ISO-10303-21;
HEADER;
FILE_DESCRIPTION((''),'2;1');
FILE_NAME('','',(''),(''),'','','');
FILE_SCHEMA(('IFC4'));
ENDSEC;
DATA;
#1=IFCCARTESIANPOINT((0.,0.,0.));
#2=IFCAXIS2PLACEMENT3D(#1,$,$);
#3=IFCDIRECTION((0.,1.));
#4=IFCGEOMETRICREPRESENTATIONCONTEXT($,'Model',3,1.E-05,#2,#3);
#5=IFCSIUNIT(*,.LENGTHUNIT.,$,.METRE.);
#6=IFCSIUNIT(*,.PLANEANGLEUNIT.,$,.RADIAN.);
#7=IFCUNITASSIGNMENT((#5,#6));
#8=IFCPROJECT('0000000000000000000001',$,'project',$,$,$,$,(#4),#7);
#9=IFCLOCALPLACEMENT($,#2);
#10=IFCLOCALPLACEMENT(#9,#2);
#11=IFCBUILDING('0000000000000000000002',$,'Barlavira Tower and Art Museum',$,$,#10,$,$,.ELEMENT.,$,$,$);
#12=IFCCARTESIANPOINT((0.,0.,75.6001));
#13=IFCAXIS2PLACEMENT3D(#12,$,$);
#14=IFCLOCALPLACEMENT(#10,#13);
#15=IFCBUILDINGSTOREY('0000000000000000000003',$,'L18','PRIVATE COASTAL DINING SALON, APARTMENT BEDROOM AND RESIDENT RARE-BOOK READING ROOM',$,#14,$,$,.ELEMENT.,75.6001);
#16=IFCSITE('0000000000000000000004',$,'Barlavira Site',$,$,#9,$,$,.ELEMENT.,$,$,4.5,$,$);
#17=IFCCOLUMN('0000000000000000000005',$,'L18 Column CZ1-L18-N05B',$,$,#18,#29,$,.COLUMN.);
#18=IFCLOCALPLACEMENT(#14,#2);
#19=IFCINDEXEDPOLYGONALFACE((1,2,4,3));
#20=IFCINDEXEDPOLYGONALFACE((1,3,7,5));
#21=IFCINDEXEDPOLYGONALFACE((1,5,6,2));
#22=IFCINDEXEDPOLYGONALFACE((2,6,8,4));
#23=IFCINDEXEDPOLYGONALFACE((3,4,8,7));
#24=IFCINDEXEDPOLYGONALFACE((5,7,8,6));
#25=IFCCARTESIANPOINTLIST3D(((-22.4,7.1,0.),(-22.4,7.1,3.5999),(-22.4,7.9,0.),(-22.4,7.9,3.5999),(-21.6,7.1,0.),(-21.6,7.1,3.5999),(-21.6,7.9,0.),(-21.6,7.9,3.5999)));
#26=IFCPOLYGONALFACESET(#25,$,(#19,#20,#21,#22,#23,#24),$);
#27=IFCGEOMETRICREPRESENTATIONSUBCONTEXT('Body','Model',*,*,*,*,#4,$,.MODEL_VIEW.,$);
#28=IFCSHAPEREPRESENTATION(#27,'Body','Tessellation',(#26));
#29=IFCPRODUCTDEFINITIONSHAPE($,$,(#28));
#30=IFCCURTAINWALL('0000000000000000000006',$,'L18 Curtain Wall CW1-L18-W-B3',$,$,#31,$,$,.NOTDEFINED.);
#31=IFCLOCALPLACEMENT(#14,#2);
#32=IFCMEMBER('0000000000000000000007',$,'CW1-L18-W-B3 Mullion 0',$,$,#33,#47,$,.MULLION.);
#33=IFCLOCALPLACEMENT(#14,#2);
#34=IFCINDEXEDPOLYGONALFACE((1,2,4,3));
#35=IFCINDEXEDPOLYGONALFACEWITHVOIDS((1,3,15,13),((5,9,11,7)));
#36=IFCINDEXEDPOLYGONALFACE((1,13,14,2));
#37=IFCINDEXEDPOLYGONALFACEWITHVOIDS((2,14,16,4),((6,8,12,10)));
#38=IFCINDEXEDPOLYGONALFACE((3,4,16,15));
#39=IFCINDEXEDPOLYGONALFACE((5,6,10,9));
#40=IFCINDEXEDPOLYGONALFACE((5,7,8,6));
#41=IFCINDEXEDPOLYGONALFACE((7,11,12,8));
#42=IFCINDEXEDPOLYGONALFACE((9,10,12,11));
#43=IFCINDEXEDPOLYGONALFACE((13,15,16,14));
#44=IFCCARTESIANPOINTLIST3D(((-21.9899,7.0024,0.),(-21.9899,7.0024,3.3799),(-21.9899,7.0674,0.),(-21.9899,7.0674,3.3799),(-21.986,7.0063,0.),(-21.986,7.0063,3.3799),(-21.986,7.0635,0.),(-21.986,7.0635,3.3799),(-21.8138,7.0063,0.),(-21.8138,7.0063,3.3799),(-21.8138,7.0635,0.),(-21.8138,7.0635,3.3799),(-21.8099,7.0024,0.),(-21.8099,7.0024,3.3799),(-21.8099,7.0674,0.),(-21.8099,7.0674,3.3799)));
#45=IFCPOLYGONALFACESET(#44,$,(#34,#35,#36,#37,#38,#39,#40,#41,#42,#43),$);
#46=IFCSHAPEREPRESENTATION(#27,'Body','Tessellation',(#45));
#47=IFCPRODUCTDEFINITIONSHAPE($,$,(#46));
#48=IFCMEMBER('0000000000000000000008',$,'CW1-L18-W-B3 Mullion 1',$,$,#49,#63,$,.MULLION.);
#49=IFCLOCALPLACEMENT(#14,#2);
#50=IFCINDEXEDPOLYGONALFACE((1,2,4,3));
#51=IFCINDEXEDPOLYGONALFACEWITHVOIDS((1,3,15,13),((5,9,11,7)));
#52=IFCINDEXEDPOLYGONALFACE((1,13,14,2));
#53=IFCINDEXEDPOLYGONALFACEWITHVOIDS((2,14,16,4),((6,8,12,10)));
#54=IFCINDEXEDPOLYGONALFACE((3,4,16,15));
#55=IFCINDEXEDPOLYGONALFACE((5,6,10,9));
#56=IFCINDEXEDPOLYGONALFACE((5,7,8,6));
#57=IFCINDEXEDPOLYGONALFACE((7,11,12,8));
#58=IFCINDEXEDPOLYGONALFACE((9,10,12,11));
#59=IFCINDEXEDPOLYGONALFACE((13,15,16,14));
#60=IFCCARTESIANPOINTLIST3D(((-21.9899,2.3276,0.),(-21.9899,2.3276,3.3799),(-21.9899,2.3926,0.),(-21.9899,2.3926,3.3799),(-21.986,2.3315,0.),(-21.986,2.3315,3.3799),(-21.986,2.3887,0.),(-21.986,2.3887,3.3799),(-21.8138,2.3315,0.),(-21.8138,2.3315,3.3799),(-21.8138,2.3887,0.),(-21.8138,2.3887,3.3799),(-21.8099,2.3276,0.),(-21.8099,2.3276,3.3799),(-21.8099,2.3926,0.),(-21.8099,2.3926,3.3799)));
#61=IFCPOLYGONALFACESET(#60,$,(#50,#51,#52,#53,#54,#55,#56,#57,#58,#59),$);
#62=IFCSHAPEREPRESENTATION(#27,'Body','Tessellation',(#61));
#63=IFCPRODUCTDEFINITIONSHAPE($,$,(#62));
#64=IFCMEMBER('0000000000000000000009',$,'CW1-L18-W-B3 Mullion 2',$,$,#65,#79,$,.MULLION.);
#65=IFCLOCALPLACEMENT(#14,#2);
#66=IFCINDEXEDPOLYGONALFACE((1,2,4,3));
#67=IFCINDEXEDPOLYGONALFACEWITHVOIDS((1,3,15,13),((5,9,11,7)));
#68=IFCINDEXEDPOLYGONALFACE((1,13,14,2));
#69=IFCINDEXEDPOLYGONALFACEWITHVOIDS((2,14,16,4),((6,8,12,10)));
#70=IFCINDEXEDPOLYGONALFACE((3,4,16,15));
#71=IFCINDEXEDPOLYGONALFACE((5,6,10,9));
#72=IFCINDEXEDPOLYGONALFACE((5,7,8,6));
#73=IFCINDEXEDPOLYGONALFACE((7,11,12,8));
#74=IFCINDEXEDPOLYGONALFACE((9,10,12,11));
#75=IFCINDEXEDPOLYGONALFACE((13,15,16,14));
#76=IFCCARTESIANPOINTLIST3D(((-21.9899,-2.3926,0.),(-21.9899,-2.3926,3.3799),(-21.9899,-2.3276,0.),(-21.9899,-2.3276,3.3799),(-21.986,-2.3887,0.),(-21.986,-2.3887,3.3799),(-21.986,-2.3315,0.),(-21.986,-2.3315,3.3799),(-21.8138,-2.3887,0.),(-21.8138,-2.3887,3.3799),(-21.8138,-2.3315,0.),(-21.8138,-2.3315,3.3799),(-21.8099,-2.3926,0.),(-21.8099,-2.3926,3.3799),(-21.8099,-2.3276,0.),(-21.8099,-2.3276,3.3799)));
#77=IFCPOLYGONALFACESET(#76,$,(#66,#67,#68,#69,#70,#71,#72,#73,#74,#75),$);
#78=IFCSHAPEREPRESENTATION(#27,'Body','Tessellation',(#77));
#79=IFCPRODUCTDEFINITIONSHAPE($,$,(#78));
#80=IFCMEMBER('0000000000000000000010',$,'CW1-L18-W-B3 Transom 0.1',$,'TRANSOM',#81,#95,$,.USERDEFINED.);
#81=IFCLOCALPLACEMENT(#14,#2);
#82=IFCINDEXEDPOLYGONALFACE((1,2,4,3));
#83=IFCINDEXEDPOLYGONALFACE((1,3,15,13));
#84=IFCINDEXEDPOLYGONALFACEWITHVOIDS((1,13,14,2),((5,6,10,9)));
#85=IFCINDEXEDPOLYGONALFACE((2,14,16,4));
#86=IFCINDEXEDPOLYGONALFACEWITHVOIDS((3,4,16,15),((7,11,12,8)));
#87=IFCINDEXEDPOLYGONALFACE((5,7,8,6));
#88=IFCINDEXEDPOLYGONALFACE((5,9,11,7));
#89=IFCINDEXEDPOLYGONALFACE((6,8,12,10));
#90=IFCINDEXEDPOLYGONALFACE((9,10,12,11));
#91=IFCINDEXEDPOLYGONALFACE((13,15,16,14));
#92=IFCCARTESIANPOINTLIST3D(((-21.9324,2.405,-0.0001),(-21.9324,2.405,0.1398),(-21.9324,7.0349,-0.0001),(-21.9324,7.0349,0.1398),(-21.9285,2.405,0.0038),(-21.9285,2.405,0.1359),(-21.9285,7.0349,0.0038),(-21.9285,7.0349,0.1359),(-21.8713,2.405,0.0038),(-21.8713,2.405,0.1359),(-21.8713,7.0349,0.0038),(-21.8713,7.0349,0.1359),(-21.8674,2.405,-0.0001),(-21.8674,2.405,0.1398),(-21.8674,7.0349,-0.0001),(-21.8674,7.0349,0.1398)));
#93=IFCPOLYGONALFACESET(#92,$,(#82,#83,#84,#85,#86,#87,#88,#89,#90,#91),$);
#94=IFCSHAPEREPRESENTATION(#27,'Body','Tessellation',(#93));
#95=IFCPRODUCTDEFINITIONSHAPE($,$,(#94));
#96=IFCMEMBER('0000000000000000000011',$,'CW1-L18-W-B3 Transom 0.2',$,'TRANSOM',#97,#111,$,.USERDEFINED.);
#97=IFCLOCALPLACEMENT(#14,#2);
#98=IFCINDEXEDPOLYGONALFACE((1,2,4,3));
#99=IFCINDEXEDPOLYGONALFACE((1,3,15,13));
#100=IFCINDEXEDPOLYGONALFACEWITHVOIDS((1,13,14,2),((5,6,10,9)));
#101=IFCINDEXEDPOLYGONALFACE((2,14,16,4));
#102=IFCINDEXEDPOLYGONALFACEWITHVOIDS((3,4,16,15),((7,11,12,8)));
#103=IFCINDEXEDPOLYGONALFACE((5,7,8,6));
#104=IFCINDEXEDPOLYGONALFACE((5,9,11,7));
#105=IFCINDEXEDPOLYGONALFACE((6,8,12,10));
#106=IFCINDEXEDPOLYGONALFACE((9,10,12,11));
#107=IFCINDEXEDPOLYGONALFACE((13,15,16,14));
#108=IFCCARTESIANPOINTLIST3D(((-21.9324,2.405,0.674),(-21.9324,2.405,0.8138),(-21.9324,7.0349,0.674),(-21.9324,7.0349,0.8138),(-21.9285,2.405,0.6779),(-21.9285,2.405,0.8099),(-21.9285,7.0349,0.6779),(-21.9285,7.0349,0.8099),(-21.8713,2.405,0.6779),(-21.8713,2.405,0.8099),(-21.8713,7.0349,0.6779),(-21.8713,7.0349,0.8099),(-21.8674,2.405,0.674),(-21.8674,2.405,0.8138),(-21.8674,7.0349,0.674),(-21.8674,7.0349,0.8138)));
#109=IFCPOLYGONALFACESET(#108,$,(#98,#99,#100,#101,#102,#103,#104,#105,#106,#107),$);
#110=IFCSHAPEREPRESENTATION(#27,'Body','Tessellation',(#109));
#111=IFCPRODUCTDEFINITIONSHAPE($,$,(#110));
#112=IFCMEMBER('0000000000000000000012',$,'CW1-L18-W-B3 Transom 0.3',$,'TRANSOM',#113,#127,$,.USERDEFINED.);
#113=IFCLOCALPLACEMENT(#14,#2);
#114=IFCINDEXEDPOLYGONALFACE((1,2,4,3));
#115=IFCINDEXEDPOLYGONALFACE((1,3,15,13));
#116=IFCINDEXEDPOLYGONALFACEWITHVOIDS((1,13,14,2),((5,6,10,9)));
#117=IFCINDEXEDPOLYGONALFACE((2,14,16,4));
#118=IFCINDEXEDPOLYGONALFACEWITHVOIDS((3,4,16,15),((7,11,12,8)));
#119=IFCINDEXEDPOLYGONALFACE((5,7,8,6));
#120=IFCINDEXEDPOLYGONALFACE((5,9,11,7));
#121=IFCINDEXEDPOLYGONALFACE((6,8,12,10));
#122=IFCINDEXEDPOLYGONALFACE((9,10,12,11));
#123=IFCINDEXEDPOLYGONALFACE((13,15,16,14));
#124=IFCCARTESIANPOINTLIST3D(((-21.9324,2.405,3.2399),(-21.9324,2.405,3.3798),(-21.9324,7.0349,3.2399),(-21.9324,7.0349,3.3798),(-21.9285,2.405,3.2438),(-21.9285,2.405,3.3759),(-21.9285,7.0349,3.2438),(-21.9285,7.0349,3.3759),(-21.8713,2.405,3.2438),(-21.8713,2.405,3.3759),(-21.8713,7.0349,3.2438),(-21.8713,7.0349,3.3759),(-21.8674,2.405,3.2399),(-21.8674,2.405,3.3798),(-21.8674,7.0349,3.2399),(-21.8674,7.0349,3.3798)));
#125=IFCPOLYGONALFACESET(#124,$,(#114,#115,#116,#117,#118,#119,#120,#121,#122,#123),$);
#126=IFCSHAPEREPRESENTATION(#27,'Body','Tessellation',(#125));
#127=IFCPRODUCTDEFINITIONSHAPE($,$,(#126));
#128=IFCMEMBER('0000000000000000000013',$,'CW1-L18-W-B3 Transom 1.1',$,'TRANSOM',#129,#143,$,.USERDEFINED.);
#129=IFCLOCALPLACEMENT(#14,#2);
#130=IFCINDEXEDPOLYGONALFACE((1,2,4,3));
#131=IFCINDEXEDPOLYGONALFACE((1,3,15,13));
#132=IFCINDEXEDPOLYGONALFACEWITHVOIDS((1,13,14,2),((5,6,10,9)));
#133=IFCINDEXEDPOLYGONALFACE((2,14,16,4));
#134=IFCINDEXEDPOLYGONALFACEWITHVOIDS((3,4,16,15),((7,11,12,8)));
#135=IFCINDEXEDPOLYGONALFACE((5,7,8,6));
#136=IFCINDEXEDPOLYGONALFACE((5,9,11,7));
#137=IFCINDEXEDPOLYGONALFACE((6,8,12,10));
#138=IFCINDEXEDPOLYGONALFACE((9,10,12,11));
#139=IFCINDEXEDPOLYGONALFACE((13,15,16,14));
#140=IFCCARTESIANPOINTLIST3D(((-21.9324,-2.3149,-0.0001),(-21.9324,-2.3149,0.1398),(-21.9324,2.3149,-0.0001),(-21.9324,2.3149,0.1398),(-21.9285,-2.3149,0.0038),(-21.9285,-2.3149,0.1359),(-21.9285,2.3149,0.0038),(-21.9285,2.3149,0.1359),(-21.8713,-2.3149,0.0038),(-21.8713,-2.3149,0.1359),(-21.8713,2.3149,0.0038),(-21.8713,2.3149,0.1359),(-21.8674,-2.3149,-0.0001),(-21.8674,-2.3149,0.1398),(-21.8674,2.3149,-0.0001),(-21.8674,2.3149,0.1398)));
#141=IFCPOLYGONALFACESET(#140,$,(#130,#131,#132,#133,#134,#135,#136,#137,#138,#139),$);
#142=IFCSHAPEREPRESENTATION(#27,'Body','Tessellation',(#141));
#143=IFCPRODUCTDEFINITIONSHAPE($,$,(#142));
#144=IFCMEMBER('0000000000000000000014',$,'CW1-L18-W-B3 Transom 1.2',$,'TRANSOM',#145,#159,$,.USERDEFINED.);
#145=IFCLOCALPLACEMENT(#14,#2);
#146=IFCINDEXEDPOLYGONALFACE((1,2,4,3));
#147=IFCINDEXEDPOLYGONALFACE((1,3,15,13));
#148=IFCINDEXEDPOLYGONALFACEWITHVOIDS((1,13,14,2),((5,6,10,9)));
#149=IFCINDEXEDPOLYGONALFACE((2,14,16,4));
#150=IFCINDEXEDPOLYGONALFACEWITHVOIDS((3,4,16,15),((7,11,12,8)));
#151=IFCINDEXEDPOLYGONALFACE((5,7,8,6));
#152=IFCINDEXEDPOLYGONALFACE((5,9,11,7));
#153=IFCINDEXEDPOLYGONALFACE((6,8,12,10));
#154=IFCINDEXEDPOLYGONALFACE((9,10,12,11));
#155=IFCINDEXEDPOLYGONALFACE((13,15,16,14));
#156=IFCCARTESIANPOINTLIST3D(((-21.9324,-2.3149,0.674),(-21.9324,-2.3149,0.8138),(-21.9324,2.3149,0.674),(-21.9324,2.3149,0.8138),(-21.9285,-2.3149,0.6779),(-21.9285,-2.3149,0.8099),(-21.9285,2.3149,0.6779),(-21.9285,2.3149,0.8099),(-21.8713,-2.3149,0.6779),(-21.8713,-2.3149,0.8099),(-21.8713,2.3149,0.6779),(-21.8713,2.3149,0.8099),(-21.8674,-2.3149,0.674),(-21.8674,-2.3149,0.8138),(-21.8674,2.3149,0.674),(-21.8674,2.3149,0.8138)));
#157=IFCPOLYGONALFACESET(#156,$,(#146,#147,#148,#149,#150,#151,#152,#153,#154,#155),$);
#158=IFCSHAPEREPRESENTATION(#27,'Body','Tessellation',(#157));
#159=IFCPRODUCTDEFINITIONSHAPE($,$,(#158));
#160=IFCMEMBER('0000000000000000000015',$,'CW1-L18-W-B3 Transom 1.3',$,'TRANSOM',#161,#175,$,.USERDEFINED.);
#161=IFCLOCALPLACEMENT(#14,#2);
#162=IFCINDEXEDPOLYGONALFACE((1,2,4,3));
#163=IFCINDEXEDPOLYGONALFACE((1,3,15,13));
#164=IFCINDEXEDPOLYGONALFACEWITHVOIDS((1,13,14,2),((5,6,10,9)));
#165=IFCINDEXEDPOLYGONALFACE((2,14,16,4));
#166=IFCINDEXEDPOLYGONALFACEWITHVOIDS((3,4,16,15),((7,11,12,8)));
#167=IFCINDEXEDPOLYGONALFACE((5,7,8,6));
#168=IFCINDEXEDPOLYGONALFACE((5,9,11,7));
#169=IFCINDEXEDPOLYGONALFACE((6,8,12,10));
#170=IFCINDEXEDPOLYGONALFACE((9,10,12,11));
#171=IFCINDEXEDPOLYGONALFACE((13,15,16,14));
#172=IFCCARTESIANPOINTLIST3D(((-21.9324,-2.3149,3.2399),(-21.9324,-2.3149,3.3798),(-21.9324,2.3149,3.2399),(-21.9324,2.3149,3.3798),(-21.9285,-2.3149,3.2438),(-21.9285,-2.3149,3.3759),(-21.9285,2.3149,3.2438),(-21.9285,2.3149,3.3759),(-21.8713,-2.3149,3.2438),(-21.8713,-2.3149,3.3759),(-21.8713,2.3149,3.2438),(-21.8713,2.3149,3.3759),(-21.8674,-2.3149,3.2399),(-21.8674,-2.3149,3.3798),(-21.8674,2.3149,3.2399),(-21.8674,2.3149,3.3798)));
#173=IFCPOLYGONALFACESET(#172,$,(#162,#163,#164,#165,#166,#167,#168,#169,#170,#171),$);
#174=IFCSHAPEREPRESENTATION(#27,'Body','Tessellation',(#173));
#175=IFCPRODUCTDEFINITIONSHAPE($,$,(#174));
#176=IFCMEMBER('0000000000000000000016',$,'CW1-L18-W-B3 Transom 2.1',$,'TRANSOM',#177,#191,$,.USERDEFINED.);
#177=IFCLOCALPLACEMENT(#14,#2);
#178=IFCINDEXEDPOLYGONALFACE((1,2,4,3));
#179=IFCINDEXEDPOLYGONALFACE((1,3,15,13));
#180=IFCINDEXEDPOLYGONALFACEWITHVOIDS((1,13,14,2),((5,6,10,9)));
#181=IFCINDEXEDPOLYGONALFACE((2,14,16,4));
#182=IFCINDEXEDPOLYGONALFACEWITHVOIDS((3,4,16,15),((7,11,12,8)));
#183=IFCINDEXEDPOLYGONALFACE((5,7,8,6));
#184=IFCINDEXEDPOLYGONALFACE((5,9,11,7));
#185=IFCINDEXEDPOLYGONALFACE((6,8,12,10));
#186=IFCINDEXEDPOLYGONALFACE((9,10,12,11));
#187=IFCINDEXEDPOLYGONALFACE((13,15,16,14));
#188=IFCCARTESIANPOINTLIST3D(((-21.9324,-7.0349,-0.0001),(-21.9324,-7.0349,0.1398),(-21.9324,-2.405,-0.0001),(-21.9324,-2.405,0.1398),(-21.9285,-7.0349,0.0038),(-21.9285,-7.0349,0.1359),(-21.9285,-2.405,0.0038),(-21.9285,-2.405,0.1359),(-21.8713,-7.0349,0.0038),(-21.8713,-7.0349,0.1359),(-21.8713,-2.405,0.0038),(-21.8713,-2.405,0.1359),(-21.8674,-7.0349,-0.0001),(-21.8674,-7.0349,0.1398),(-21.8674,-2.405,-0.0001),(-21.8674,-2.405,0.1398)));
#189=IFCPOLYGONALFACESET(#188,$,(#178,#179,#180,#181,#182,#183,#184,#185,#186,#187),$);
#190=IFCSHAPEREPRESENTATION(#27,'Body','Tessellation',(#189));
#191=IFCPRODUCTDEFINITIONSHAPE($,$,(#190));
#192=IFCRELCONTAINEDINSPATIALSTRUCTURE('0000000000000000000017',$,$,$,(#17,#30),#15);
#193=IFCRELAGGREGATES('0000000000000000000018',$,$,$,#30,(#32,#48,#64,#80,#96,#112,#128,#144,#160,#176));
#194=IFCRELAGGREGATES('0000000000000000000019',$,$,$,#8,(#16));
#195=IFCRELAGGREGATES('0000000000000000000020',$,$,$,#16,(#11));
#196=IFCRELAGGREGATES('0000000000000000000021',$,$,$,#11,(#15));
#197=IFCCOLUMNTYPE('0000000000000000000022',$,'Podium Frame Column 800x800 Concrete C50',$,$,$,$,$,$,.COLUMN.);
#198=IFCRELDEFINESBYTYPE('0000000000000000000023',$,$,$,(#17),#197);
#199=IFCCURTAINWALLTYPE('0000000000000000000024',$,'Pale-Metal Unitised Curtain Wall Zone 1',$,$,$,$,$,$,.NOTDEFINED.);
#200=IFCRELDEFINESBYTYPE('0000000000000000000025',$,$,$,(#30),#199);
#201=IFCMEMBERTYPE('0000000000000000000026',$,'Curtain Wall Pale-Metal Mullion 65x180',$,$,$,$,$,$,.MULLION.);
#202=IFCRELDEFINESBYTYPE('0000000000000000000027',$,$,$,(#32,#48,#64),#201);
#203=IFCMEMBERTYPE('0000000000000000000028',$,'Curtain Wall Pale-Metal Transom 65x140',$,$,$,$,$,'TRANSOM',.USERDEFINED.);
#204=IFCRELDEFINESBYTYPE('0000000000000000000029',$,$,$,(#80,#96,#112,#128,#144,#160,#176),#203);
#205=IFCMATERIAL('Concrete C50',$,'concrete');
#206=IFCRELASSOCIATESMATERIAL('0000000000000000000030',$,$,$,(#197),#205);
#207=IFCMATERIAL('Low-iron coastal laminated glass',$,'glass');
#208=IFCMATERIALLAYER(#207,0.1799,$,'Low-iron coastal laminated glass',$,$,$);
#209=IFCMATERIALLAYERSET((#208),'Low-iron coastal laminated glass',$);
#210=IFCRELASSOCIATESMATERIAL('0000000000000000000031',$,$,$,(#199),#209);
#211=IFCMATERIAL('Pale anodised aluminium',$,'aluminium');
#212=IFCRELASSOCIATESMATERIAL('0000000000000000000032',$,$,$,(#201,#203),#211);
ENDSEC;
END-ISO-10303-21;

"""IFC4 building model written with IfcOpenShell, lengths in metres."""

from ifc_helpers import new_model, si_unit, direction, frame, origin, origin_2d, place, context, subcontext, project, spatial, rectangle, hollow_rectangle, extrude, material, layer, layer_set, material_profile, profile_set, type_object, element, aggregate, save


model = new_model("IFC4")

# Units and contexts
model_context = context("Model", 3, precision=1e-05, world=origin(), true_north=direction((0.0, 1.0)))
body_context = subcontext(model_context, "Body", "Model", "MODEL_VIEW")
ifc_project = project(units=[si_unit("LENGTHUNIT", "METRE"), si_unit("PLANEANGLEUNIT", "RADIAN")], contexts=[model_context])

# Site, building, storey
site_placement = place(None, origin())
site = spatial("IfcSite", under=ifc_project, at=site_placement, Name="Barlavira Site", CompositionType="ELEMENT", RefElevation=4.5)
building_placement = place(site_placement, origin())
building = spatial("IfcBuilding", under=site, at=building_placement, Name="Barlavira Tower and Art Museum", CompositionType="ELEMENT")
storey_placement = place(building_placement, frame((0.0, 0.0, 75.6001)))
storey = spatial("IfcBuildingStorey", under=building, at=storey_placement, Name="L18", Description="PRIVATE COASTAL DINING SALON, APARTMENT BEDROOM AND RESIDENT RARE-BOOK READING ROOM", CompositionType="ELEMENT", Elevation=75.6001)

# Column
ifc_material_1 = material(Name="Concrete C50", Category="concrete")
ifc_material_profile_1 = material_profile(ifc_material_1, rectangle(XDim=0.8, YDim=0.8, at=origin_2d()), Name="RC-COL 800x800")
ifc_profile_set_1 = profile_set([ifc_material_profile_1], Name="Concrete C50")
column_type = type_object("IfcColumnType", Name="Podium Frame Column 800x800 Concrete C50", PredefinedType="COLUMN", material=ifc_profile_set_1)
column_placement = place(storey_placement, frame((-22.0, 7.5, 0.0), z_axis=(0.0, 0.0, 1.0), x_axis=(1.0, 0.0, 0.0)))
element("IfcColumn", 1, at=column_placement, inside=storey, type_object=column_type, Name="L18 Column CZ1-L18-N05B", PredefinedType="COLUMN", context=body_context, shape_type="SweptSolid", body=[
    extrude(rectangle(XDim=0.8, YDim=0.8, at=origin_2d()), origin(), (0.0, 0.0, 1.0), 3.5999),
])

# Curtain wall, members
ifc_material_2 = material(Name="Low-iron coastal laminated glass", Category="glass")
ifc_layer_1 = layer(ifc_material_2, 0.1799, Name="Low-iron coastal laminated glass")
ifc_layer_set_1 = layer_set([ifc_layer_1], Name="Low-iron coastal laminated glass")
curtain_wall_type = type_object("IfcCurtainWallType", Name="Pale-Metal Unitised Curtain Wall Zone 1", PredefinedType="NOTDEFINED", material=ifc_layer_set_1)
curtain_wall_placement = place(storey_placement, origin())
curtain_wall = element("IfcCurtainWall", 2, at=curtain_wall_placement, inside=storey, type_object=curtain_wall_type, Name="L18 Curtain Wall CW1-L18-W-B3", PredefinedType="NOTDEFINED")
ifc_material_3 = material(Name="Pale anodised aluminium", Category="aluminium")
ifc_material_profile_2 = material_profile(ifc_material_3, hollow_rectangle(XDim=0.0649, YDim=0.1799, WallThickness=0.0039, at=origin_2d()), Name="ALU-MULL 65x180x4")
ifc_profile_set_2 = profile_set([ifc_material_profile_2], Name="Pale anodised aluminium")
member_type_1 = type_object("IfcMemberType", Name="Curtain Wall Pale-Metal Mullion 65x180", PredefinedType="MULLION", material=ifc_profile_set_2)
member_1_placement = place(storey_placement, frame((-21.8999, 7.0349, 0.0), z_axis=(0.0, 0.0, 1.0), x_axis=(0.0, -1.0, 0.0)))
member_1 = element("IfcMember", 3, at=member_1_placement, type_object=member_type_1, Name="CW1-L18-W-B3 Mullion 0", PredefinedType="MULLION", context=body_context, shape_type="SweptSolid", body=[
    extrude(hollow_rectangle(XDim=0.0649, YDim=0.1799, WallThickness=0.0039, at=origin_2d()), origin(), (0.0, 0.0, 1.0), 3.3799),
])
member_2_placement = place(storey_placement, frame((-21.8999, 2.3601, 0.0), z_axis=(0.0, 0.0, 1.0), x_axis=(0.0, -1.0, 0.0)))
member_2 = element("IfcMember", 4, at=member_2_placement, type_object=member_type_1, Name="CW1-L18-W-B3 Mullion 1", PredefinedType="MULLION", context=body_context, shape_type="SweptSolid", body=[
    extrude(hollow_rectangle(XDim=0.0649, YDim=0.1799, WallThickness=0.0039, at=origin_2d()), origin(), (0.0, 0.0, 1.0), 3.3799),
])
member_3_placement = place(storey_placement, frame((-21.8999, -2.3601, 0.0), z_axis=(0.0, 0.0, 1.0), x_axis=(0.0, -1.0, 0.0)))
member_3 = element("IfcMember", 5, at=member_3_placement, type_object=member_type_1, Name="CW1-L18-W-B3 Mullion 2", PredefinedType="MULLION", context=body_context, shape_type="SweptSolid", body=[
    extrude(hollow_rectangle(XDim=0.0649, YDim=0.1799, WallThickness=0.0039, at=origin_2d()), origin(), (0.0, 0.0, 1.0), 3.3799),
])
ifc_material_profile_3 = material_profile(ifc_material_3, hollow_rectangle(XDim=0.0649, YDim=0.1399, WallThickness=0.0039, at=origin_2d()), Name="ALU-TRAN 65x140x4")
ifc_profile_set_3 = profile_set([ifc_material_profile_3], Name="Pale anodised aluminium")
member_type_2 = type_object("IfcMemberType", Name="Curtain Wall Pale-Metal Transom 65x140", ElementType="TRANSOM", PredefinedType="USERDEFINED", material=ifc_profile_set_3)
member_4_placement = place(storey_placement, frame((-21.8999, 7.0349, 0.0698), z_axis=(0.0, -1.0, 0.0), x_axis=(1.0, 0.0, 0.0)))
member_4 = element("IfcMember", 6, at=member_4_placement, type_object=member_type_2, Name="CW1-L18-W-B3 Transom 0.1", ObjectType="TRANSOM", PredefinedType="USERDEFINED", context=body_context, shape_type="SweptSolid", body=[
    extrude(hollow_rectangle(XDim=0.0649, YDim=0.1399, WallThickness=0.0039, at=origin_2d()), origin(), (0.0, 0.0, 1.0), 4.6299),
])
member_5_placement = place(storey_placement, frame((-21.8999, 7.0349, 0.7439), z_axis=(0.0, -1.0, 0.0), x_axis=(1.0, 0.0, 0.0)))
member_5 = element("IfcMember", 7, at=member_5_placement, type_object=member_type_2, Name="CW1-L18-W-B3 Transom 0.2", ObjectType="TRANSOM", PredefinedType="USERDEFINED", context=body_context, shape_type="SweptSolid", body=[
    extrude(hollow_rectangle(XDim=0.0649, YDim=0.1399, WallThickness=0.0039, at=origin_2d()), origin(), (0.0, 0.0, 1.0), 4.6299),
])
member_6_placement = place(storey_placement, frame((-21.8999, 7.0349, 3.3098), z_axis=(0.0, -1.0, 0.0), x_axis=(1.0, 0.0, 0.0)))
member_6 = element("IfcMember", 8, at=member_6_placement, type_object=member_type_2, Name="CW1-L18-W-B3 Transom 0.3", ObjectType="TRANSOM", PredefinedType="USERDEFINED", context=body_context, shape_type="SweptSolid", body=[
    extrude(hollow_rectangle(XDim=0.0649, YDim=0.1399, WallThickness=0.0039, at=origin_2d()), origin(), (0.0, 0.0, 1.0), 4.6299),
])
member_7_placement = place(storey_placement, frame((-21.8999, 2.3149, 0.0698), z_axis=(0.0, -1.0, 0.0), x_axis=(1.0, 0.0, 0.0)))
member_7 = element("IfcMember", 9, at=member_7_placement, type_object=member_type_2, Name="CW1-L18-W-B3 Transom 1.1", ObjectType="TRANSOM", PredefinedType="USERDEFINED", context=body_context, shape_type="SweptSolid", body=[
    extrude(hollow_rectangle(XDim=0.0649, YDim=0.1399, WallThickness=0.0039, at=origin_2d()), origin(), (0.0, 0.0, 1.0), 4.6299),
])
member_8_placement = place(storey_placement, frame((-21.8999, 2.3149, 0.7439), z_axis=(0.0, -1.0, 0.0), x_axis=(1.0, 0.0, 0.0)))
member_8 = element("IfcMember", 10, at=member_8_placement, type_object=member_type_2, Name="CW1-L18-W-B3 Transom 1.2", ObjectType="TRANSOM", PredefinedType="USERDEFINED", context=body_context, shape_type="SweptSolid", body=[
    extrude(hollow_rectangle(XDim=0.0649, YDim=0.1399, WallThickness=0.0039, at=origin_2d()), origin(), (0.0, 0.0, 1.0), 4.6299),
])
member_9_placement = place(storey_placement, frame((-21.8999, 2.3149, 3.3098), z_axis=(0.0, -1.0, 0.0), x_axis=(1.0, 0.0, 0.0)))
member_9 = element("IfcMember", 11, at=member_9_placement, type_object=member_type_2, Name="CW1-L18-W-B3 Transom 1.3", ObjectType="TRANSOM", PredefinedType="USERDEFINED", context=body_context, shape_type="SweptSolid", body=[
    extrude(hollow_rectangle(XDim=0.0649, YDim=0.1399, WallThickness=0.0039, at=origin_2d()), origin(), (0.0, 0.0, 1.0), 4.6299),
])
member_10_placement = place(storey_placement, frame((-21.8999, -2.405, 0.0698), z_axis=(0.0, -1.0, 0.0), x_axis=(1.0, 0.0, 0.0)))
member_10 = element("IfcMember", 12, at=member_10_placement, type_object=member_type_2, Name="CW1-L18-W-B3 Transom 2.1", ObjectType="TRANSOM", PredefinedType="USERDEFINED", context=body_context, shape_type="SweptSolid", body=[
    extrude(hollow_rectangle(XDim=0.0649, YDim=0.1399, WallThickness=0.0039, at=origin_2d()), origin(), (0.0, 0.0, 1.0), 4.6299),
])
aggregate(curtain_wall, [member_1, member_2, member_3, member_4, member_5, member_6, member_7, member_8, member_9, member_10])

save(model, "model.ifc")
